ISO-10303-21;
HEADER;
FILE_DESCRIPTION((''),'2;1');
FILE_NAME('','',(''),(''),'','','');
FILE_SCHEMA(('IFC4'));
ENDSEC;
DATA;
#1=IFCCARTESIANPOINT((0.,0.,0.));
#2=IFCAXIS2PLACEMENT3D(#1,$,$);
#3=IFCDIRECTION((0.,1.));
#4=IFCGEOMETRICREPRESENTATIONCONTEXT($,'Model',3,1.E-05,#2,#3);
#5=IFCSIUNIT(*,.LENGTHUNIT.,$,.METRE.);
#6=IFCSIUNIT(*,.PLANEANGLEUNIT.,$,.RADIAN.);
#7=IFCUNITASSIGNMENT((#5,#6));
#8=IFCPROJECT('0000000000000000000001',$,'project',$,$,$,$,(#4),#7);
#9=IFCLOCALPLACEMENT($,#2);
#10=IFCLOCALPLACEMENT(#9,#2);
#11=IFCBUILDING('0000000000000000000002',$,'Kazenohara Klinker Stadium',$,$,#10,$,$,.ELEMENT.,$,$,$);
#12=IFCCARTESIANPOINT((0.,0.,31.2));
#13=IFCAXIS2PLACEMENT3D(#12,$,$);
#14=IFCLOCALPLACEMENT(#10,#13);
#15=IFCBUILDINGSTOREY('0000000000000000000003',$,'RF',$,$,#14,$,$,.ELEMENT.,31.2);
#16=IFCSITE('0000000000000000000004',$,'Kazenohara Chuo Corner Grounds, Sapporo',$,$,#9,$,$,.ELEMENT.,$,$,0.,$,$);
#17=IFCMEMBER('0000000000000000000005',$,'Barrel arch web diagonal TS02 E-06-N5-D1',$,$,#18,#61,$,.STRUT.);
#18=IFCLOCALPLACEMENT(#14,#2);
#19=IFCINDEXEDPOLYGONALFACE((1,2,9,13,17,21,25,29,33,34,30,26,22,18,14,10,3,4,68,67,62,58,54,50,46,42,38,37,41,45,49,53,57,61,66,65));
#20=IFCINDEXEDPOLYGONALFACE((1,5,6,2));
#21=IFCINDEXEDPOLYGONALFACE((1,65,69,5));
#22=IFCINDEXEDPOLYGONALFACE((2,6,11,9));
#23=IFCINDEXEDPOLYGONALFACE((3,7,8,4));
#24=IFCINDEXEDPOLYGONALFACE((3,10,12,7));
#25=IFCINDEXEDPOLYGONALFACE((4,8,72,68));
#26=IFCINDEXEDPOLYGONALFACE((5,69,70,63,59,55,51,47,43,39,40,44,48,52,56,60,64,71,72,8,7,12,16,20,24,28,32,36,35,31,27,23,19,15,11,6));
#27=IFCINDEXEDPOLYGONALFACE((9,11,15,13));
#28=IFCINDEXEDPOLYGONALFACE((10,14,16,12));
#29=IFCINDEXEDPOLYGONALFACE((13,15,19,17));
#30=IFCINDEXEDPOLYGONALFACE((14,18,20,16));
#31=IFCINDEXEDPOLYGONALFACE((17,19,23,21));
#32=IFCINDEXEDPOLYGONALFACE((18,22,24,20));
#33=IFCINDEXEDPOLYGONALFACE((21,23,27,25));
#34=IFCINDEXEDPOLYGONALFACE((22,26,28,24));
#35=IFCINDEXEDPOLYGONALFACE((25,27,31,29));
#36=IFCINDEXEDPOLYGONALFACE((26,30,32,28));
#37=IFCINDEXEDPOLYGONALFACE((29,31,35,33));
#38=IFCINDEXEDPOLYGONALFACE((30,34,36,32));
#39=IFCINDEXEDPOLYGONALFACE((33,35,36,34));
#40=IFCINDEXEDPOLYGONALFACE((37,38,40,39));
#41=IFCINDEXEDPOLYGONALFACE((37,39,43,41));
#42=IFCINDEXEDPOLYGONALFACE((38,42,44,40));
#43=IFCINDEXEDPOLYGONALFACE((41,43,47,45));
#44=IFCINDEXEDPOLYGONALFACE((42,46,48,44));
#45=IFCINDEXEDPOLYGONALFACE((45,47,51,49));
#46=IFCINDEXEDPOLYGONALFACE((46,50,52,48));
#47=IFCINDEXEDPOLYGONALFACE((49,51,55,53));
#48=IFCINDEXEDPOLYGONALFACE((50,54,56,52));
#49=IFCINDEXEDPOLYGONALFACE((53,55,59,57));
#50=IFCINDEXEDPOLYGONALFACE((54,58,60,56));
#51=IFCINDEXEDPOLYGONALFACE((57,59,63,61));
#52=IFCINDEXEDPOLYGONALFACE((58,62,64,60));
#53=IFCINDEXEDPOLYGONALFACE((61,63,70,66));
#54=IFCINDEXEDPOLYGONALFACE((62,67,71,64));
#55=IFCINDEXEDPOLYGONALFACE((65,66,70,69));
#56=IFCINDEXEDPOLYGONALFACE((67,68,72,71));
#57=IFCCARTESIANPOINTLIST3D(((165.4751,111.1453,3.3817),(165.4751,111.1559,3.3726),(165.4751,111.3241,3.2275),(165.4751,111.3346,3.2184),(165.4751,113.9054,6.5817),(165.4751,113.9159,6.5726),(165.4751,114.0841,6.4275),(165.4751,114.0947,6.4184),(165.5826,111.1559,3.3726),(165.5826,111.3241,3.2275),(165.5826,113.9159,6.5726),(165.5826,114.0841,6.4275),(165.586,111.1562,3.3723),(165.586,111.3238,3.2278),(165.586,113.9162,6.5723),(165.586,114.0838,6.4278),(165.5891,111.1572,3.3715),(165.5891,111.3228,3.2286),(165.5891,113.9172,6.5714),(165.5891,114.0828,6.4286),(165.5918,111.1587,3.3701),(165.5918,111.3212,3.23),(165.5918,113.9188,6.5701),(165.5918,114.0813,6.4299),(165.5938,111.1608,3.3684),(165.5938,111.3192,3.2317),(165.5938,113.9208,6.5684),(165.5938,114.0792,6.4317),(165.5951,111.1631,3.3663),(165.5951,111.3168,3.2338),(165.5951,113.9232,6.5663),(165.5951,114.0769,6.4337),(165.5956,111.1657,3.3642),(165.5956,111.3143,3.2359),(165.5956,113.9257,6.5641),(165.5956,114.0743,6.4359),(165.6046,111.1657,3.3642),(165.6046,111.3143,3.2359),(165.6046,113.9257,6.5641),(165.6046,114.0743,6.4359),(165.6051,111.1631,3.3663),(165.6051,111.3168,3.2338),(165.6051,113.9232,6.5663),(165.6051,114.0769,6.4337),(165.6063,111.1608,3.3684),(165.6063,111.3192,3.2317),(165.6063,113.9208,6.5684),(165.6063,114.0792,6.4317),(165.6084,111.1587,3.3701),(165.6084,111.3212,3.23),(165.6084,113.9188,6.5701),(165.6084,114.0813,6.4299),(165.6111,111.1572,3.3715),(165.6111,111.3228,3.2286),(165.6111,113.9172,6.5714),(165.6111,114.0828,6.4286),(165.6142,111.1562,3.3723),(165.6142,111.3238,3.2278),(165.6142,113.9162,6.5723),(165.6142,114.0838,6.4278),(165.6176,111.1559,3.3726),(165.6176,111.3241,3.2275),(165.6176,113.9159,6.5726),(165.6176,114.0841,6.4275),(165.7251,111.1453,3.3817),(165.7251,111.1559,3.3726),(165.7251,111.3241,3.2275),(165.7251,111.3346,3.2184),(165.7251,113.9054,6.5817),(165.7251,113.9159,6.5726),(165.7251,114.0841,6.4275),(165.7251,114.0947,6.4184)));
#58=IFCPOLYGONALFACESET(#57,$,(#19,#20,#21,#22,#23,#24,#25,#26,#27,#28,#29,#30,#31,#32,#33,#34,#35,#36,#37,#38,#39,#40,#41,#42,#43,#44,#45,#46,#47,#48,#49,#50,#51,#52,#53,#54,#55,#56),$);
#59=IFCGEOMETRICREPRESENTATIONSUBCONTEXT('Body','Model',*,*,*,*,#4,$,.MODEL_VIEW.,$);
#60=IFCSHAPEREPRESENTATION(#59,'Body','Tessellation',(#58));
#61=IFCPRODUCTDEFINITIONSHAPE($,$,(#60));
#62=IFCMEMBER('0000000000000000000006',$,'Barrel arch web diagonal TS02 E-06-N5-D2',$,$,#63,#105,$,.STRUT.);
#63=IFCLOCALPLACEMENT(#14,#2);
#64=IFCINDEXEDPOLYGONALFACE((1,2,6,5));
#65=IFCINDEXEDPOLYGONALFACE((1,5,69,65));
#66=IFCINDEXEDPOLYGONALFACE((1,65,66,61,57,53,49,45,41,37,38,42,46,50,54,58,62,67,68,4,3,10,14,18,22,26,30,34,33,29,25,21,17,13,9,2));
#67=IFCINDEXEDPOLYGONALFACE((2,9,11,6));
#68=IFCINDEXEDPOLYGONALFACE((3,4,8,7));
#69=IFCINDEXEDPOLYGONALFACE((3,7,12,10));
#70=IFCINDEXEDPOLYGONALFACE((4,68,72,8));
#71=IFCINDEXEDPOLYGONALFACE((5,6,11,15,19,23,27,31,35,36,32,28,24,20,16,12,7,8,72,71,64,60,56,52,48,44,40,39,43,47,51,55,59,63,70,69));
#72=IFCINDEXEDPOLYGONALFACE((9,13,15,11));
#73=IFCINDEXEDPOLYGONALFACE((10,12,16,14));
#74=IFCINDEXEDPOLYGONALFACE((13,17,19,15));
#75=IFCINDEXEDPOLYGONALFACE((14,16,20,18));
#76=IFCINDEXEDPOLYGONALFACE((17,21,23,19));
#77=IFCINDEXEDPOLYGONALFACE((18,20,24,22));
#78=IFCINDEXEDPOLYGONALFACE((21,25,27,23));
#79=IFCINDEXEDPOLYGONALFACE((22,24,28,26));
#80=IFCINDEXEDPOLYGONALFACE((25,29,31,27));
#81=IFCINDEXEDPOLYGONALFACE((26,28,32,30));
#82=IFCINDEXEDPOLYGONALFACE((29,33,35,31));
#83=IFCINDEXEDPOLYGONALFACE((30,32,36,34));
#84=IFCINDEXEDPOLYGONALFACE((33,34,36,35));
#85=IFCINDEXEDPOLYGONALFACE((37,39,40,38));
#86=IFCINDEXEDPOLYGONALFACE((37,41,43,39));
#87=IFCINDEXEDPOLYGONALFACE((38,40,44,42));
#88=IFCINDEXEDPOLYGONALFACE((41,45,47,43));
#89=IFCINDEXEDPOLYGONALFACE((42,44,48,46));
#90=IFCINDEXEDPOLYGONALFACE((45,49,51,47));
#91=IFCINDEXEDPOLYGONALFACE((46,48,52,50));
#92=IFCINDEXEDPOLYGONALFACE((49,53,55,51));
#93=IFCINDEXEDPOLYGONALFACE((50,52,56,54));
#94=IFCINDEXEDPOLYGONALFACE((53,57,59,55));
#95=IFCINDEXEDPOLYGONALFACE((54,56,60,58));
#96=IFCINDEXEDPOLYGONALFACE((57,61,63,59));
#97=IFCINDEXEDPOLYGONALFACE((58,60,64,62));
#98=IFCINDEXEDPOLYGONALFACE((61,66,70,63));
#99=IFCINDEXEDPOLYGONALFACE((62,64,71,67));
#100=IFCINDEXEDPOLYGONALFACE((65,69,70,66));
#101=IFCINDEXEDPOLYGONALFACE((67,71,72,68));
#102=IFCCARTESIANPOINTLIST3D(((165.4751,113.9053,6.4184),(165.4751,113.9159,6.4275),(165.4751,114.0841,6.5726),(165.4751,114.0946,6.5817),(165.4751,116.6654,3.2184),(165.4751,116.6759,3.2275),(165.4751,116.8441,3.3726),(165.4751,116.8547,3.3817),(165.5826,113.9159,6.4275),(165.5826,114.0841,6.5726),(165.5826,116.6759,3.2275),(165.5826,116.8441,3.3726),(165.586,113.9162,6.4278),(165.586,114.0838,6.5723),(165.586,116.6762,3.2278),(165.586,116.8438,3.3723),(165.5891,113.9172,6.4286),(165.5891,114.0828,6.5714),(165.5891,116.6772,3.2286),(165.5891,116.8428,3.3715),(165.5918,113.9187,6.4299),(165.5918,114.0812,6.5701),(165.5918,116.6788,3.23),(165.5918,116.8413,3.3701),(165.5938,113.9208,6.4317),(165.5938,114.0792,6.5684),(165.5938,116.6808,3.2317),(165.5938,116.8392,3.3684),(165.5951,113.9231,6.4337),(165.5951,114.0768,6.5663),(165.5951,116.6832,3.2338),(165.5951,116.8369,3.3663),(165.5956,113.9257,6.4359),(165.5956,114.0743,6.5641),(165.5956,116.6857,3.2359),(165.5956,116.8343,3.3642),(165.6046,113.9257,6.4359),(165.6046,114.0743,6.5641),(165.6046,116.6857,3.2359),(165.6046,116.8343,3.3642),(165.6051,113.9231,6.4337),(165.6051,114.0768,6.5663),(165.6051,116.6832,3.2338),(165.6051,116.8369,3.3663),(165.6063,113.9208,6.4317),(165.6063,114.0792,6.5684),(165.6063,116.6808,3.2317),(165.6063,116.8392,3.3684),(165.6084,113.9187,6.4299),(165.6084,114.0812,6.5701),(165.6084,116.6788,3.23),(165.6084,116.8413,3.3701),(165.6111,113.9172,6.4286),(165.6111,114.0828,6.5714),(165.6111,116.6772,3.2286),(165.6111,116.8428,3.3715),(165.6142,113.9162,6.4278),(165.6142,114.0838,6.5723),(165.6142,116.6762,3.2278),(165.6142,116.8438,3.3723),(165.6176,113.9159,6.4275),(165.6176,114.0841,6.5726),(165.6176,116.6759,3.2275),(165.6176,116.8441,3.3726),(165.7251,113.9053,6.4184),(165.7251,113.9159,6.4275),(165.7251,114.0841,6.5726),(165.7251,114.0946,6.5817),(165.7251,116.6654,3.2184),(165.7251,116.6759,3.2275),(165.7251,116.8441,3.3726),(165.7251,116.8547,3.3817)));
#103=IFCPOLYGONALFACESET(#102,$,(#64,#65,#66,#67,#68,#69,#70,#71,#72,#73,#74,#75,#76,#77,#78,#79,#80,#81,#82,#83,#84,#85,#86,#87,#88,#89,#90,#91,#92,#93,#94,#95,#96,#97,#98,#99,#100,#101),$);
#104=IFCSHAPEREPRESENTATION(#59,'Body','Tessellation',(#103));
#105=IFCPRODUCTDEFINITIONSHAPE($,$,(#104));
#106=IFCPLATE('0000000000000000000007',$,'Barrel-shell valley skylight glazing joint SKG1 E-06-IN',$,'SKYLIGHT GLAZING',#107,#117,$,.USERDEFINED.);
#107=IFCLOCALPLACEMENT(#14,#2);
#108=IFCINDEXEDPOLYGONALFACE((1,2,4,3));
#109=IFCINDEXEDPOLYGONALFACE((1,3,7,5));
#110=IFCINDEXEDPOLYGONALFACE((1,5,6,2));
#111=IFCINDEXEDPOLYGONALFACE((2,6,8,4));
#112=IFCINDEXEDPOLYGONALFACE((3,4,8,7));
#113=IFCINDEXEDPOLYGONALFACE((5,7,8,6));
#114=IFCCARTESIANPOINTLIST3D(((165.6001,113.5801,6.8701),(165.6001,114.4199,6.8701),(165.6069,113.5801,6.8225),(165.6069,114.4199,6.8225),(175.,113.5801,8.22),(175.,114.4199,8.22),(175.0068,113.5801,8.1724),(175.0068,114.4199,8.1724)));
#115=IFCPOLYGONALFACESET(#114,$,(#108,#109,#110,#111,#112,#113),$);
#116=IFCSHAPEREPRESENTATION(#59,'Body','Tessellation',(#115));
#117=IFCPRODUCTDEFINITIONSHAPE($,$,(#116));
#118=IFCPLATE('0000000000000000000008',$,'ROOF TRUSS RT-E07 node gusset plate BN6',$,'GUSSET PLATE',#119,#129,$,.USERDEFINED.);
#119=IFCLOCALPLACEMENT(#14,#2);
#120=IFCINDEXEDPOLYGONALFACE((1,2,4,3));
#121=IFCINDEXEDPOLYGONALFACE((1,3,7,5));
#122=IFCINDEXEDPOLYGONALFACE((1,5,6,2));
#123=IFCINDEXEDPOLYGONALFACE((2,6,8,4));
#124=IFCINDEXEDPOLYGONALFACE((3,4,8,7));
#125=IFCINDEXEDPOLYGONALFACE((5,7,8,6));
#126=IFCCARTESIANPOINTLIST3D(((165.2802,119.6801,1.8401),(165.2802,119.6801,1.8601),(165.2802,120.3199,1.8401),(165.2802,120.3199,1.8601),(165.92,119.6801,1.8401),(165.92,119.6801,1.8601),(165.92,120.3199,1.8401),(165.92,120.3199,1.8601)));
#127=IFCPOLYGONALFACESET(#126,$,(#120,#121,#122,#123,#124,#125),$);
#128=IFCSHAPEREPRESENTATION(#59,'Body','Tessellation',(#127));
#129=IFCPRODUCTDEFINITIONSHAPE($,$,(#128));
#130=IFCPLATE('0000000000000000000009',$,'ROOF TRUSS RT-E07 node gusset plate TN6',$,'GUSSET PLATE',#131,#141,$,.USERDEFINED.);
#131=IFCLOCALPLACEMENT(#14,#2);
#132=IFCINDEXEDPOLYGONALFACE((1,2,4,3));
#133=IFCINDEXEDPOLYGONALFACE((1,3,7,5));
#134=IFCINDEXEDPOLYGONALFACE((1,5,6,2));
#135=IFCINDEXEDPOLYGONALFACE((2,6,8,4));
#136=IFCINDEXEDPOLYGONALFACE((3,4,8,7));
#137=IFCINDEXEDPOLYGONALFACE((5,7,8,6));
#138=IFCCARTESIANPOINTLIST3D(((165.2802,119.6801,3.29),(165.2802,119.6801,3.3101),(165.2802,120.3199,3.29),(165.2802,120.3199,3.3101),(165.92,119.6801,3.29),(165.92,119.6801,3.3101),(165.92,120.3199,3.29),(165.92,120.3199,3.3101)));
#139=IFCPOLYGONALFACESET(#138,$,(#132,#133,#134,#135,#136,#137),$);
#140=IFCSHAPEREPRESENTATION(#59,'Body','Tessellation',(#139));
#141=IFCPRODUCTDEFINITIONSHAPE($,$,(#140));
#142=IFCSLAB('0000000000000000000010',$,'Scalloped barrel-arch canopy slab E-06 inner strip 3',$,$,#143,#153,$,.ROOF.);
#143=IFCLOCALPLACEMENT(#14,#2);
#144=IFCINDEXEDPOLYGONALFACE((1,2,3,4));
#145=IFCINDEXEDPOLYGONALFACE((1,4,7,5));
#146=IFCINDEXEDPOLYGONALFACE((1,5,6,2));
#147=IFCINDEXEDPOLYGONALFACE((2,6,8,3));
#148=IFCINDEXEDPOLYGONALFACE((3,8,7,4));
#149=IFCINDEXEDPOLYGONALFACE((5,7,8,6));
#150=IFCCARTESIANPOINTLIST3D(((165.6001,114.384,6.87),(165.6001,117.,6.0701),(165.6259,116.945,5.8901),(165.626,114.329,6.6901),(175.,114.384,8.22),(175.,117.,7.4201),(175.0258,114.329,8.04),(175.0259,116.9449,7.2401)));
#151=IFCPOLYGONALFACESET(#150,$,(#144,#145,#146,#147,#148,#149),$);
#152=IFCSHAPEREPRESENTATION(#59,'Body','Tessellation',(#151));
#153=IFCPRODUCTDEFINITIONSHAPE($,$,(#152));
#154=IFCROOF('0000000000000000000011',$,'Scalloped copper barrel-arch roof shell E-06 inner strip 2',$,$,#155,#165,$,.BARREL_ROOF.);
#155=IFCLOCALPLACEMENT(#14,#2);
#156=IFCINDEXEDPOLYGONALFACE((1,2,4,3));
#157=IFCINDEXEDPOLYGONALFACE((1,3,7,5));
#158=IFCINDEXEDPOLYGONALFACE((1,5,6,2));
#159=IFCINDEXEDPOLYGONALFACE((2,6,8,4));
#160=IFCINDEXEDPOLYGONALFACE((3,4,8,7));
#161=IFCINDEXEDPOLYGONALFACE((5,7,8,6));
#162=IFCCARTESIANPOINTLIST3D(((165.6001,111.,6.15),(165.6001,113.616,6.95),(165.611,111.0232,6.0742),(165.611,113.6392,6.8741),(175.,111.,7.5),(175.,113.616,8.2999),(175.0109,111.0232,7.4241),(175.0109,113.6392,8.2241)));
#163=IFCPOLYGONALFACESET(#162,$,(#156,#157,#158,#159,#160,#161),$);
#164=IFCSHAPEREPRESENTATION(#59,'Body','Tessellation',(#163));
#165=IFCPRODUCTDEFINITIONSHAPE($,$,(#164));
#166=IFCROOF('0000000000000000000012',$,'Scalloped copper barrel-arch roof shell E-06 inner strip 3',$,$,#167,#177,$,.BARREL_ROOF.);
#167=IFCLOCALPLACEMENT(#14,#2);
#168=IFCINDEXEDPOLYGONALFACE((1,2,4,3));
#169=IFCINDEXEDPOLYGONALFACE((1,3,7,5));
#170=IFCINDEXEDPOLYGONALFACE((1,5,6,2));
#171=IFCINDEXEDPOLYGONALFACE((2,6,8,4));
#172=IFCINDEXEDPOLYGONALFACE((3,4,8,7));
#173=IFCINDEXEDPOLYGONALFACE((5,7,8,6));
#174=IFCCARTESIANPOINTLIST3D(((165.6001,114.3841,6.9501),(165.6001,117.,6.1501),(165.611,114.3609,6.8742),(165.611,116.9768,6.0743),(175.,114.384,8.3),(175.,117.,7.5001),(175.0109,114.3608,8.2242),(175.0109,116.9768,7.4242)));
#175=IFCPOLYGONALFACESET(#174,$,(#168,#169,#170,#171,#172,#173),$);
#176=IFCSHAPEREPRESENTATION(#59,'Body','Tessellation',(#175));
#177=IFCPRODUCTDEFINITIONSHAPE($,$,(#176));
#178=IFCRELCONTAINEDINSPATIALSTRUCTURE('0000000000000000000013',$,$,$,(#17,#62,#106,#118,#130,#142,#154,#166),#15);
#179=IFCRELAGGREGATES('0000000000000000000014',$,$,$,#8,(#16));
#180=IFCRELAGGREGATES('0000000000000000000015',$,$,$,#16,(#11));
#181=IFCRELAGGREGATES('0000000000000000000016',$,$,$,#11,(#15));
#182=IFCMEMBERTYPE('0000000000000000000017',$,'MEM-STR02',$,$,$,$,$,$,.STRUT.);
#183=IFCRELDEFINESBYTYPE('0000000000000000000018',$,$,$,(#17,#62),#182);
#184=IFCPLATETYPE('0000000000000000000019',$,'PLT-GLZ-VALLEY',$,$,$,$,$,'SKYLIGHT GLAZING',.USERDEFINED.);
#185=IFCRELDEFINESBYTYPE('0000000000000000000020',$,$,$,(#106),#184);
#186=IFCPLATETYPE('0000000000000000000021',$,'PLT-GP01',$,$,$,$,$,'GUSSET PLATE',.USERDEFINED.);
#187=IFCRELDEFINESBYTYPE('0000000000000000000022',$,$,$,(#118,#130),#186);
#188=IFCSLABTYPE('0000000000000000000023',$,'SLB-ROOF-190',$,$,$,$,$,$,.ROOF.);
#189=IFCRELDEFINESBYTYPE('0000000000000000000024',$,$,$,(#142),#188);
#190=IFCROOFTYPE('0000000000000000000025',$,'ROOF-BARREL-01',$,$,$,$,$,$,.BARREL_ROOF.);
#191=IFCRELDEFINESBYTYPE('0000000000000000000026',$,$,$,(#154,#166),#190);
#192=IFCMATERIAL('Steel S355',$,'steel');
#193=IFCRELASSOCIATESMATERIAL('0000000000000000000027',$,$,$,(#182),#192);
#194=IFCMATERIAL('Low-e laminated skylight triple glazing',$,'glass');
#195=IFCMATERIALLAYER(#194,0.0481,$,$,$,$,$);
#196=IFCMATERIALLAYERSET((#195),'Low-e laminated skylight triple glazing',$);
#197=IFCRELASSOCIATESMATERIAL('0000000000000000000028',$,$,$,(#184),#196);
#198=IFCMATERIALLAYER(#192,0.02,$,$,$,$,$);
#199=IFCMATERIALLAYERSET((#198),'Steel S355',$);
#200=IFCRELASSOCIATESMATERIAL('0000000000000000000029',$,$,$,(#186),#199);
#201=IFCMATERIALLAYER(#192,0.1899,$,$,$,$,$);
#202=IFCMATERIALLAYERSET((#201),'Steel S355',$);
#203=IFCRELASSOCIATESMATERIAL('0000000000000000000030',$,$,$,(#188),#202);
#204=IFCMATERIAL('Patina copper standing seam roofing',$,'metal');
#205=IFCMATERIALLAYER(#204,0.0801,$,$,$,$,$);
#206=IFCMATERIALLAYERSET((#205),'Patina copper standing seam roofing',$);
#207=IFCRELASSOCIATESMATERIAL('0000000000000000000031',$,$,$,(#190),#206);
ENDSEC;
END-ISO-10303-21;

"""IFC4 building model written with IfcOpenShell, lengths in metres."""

from ifc_helpers import new_model, si_unit, direction, frame, origin, origin_2d, place, context, subcontext, project, spatial, polyline, rectangle, i_section, outline, extrude, material, layer, layer_set, material_profile, profile_set, type_object, element, save


model = new_model("IFC4")

# Units and contexts
model_context = context("Model", 3, precision=1e-05, world=origin(), true_north=direction((0.0, 1.0)))
body_context = subcontext(model_context, "Body", "Model", "MODEL_VIEW")
ifc_project = project(units=[si_unit("LENGTHUNIT", "METRE"), si_unit("PLANEANGLEUNIT", "RADIAN")], contexts=[model_context])

# Site, building, storey
site_placement = place(None, origin())
site = spatial("IfcSite", under=ifc_project, at=site_placement, Name="Kazenohara Chuo Corner Grounds, Sapporo", CompositionType="ELEMENT", RefElevation=0.0)
building_placement = place(site_placement, origin())
building = spatial("IfcBuilding", under=site, at=building_placement, Name="Kazenohara Klinker Stadium", CompositionType="ELEMENT")
storey_placement = place(building_placement, frame((0.0, 0.0, 31.2)))
storey = spatial("IfcBuildingStorey", under=building, at=storey_placement, Name="RF", CompositionType="ELEMENT", Elevation=31.2)

# Members
ifc_material_1 = material(Name="Steel S355", Category="steel")
ifc_material_profile_1 = material_profile(ifc_material_1, i_section(OverallWidth=0.25, OverallDepth=0.25, WebThickness=0.009, FlangeThickness=0.0139, FilletRadius=0.0129, at=origin_2d()), Name="H-250x250x9x14")
ifc_profile_set_1 = profile_set([ifc_material_profile_1], Name="Steel S355")
member_type_1 = type_object("IfcMemberType", Name="MEM-STR02", PredefinedType="STRUT", material=ifc_profile_set_1)
for number, where, z_axis, x_axis, name in (
    (1, (165.6001, 111.24, 3.3), (0.0, 0.653134, 0.757242), (-1.0, 0.0, 0.0), "Barrel arch web diagonal TS02 E-06-N5-D1"),
    (2, (165.6001, 116.76, 3.3), (0.0, -0.653134, 0.757242), (1.0, 0.0, 0.0), "Barrel arch web diagonal TS02 E-06-N5-D2"),
):
    element("IfcMember", number, at=place(storey_placement, frame(where, z_axis=z_axis, x_axis=x_axis)), inside=storey, type_object=member_type_1, Name=name, PredefinedType="STRUT", context=body_context, shape_type="SweptSolid", body=[
        extrude(i_section(OverallWidth=0.25, OverallDepth=0.25, WebThickness=0.009, FlangeThickness=0.0139, FilletRadius=0.0129, at=origin_2d()), origin(), (0.0, 0.0, 1.0), 4.2258),
    ])

# Plates
ifc_material_2 = material(Name="Low-e laminated skylight triple glazing", Category="glass")
ifc_layer_1 = layer(ifc_material_2, 0.0481)
ifc_layer_set_1 = layer_set([ifc_layer_1], Name="Low-e laminated skylight triple glazing")
plate_type_1 = type_object("IfcPlateType", Name="PLT-GLZ-VALLEY", ElementType="SKYLIGHT GLAZING", PredefinedType="USERDEFINED", material=ifc_layer_set_1)
plate_placement = place(storey_placement, frame((175.0, 113.5801, 8.22), z_axis=(-0.142145, 0.0, 0.989846), x_axis=(-0.989846, 0.0, -0.142145)))
element("IfcPlate", 3, at=plate_placement, inside=storey, type_object=plate_type_1, Name="Barrel-shell valley skylight glazing joint SKG1 E-06-IN", ObjectType="SKYLIGHT GLAZING", PredefinedType="USERDEFINED", context=body_context, shape_type="SweptSolid", body=[
    extrude(outline(polyline([(0.0, 0.0), (9.4963, 0.0), (9.4963, -0.8398), (0.0, -0.8398), (0.0, 0.0)])), origin(), (0.0, 0.0, -1.0), 0.0481),
])
ifc_layer_2 = layer(ifc_material_1, 0.02)
ifc_layer_set_2 = layer_set([ifc_layer_2], Name="Steel S355")
plate_type_2 = type_object("IfcPlateType", Name="PLT-GP01", ElementType="GUSSET PLATE", PredefinedType="USERDEFINED", material=ifc_layer_set_2)
for number, where, z_axis, x_axis, name in (
    (4, (165.6001, 120.0, 1.8401), (0.0, 0.0, 1.0), (1.0, 0.0, 0.0), "ROOF TRUSS RT-E07 node gusset plate BN6"),
    (5, (165.6001, 120.0, 3.29), (0.0, 0.0, 1.0), (1.0, 0.0, 0.0), "ROOF TRUSS RT-E07 node gusset plate TN6"),
):
    element("IfcPlate", number, at=place(storey_placement, frame(where, z_axis=z_axis, x_axis=x_axis)), inside=storey, type_object=plate_type_2, Name=name, ObjectType="GUSSET PLATE", PredefinedType="USERDEFINED", context=body_context, shape_type="SweptSolid", body=[
        extrude(rectangle(XDim=0.6399, YDim=0.6399, at=origin_2d()), origin(), (0.0, 0.0, 1.0), 0.02),
    ])

# Slab
ifc_layer_3 = layer(ifc_material_1, 0.1899)
ifc_layer_set_3 = layer_set([ifc_layer_3], Name="Steel S355")
slab_type = type_object("IfcSlabType", Name="SLB-ROOF-190", PredefinedType="ROOF", material=ifc_layer_set_3)
slab_placement = place(storey_placement, frame((175.0, 114.384, 8.22), z_axis=(-0.136061, 0.289701, 0.947397), x_axis=(-0.989844, -0.000004, -0.142156)))
element("IfcSlab", 6, at=slab_placement, inside=storey, type_object=slab_type, Name="Scalloped barrel-arch canopy slab E-06 inner strip 3", PredefinedType="ROOF", context=body_context, shape_type="SweptSolid", body=[
    extrude(outline(polyline([(0.0, 0.0), (9.4963, 0.0), (9.6101, -2.7332), (0.1137, -2.7331), (0.0, 0.0)])), origin(), (0.0, 0.0, -1.0), 0.1899),
])

# Roofs
ifc_material_3 = material(Name="Patina copper standing seam roofing", Category="metal")
ifc_layer_4 = layer(ifc_material_3, 0.0801)
ifc_layer_set_4 = layer_set([ifc_layer_4], Name="Patina copper standing seam roofing")
roof_type = type_object("IfcRoofType", Name="ROOF-BARREL-01", PredefinedType="BARREL_ROOF", material=ifc_layer_set_4)
roof_1_placement = place(storey_placement, frame((175.0, 111.0, 7.5), z_axis=(-0.136061, -0.289701, 0.947397), x_axis=(-0.989844, 0.000004, -0.142156)))
element("IfcRoof", 7, at=roof_1_placement, inside=storey, type_object=roof_type, Name="Scalloped copper barrel-arch roof shell E-06 inner strip 2", PredefinedType="BARREL_ROOF", context=body_context, shape_type="SweptSolid", body=[
    extrude(outline(polyline([(0.0, 0.0), (9.4963, 0.0), (9.3826, -2.7331), (-0.1137, -2.7332), (0.0, 0.0)])), origin(), (0.0, 0.0, -1.0), 0.0801),
])
roof_2_placement = place(storey_placement, frame((175.0, 114.384, 8.3), z_axis=(-0.136061, 0.289701, 0.947397), x_axis=(-0.989844, 0.000004, -0.142158)))
element("IfcRoof", 8, at=roof_2_placement, inside=storey, type_object=roof_type, Name="Scalloped copper barrel-arch roof shell E-06 inner strip 3", PredefinedType="BARREL_ROOF", context=body_context, shape_type="SweptSolid", body=[
    extrude(outline(polyline([(0.0, 0.0), (9.4964, 0.0), (9.6101, -2.7331), (0.1137, -2.7332), (0.0, 0.0)])), origin(), (0.0, 0.0, -1.0), 0.0801),
])

save(model, "model.ifc")
